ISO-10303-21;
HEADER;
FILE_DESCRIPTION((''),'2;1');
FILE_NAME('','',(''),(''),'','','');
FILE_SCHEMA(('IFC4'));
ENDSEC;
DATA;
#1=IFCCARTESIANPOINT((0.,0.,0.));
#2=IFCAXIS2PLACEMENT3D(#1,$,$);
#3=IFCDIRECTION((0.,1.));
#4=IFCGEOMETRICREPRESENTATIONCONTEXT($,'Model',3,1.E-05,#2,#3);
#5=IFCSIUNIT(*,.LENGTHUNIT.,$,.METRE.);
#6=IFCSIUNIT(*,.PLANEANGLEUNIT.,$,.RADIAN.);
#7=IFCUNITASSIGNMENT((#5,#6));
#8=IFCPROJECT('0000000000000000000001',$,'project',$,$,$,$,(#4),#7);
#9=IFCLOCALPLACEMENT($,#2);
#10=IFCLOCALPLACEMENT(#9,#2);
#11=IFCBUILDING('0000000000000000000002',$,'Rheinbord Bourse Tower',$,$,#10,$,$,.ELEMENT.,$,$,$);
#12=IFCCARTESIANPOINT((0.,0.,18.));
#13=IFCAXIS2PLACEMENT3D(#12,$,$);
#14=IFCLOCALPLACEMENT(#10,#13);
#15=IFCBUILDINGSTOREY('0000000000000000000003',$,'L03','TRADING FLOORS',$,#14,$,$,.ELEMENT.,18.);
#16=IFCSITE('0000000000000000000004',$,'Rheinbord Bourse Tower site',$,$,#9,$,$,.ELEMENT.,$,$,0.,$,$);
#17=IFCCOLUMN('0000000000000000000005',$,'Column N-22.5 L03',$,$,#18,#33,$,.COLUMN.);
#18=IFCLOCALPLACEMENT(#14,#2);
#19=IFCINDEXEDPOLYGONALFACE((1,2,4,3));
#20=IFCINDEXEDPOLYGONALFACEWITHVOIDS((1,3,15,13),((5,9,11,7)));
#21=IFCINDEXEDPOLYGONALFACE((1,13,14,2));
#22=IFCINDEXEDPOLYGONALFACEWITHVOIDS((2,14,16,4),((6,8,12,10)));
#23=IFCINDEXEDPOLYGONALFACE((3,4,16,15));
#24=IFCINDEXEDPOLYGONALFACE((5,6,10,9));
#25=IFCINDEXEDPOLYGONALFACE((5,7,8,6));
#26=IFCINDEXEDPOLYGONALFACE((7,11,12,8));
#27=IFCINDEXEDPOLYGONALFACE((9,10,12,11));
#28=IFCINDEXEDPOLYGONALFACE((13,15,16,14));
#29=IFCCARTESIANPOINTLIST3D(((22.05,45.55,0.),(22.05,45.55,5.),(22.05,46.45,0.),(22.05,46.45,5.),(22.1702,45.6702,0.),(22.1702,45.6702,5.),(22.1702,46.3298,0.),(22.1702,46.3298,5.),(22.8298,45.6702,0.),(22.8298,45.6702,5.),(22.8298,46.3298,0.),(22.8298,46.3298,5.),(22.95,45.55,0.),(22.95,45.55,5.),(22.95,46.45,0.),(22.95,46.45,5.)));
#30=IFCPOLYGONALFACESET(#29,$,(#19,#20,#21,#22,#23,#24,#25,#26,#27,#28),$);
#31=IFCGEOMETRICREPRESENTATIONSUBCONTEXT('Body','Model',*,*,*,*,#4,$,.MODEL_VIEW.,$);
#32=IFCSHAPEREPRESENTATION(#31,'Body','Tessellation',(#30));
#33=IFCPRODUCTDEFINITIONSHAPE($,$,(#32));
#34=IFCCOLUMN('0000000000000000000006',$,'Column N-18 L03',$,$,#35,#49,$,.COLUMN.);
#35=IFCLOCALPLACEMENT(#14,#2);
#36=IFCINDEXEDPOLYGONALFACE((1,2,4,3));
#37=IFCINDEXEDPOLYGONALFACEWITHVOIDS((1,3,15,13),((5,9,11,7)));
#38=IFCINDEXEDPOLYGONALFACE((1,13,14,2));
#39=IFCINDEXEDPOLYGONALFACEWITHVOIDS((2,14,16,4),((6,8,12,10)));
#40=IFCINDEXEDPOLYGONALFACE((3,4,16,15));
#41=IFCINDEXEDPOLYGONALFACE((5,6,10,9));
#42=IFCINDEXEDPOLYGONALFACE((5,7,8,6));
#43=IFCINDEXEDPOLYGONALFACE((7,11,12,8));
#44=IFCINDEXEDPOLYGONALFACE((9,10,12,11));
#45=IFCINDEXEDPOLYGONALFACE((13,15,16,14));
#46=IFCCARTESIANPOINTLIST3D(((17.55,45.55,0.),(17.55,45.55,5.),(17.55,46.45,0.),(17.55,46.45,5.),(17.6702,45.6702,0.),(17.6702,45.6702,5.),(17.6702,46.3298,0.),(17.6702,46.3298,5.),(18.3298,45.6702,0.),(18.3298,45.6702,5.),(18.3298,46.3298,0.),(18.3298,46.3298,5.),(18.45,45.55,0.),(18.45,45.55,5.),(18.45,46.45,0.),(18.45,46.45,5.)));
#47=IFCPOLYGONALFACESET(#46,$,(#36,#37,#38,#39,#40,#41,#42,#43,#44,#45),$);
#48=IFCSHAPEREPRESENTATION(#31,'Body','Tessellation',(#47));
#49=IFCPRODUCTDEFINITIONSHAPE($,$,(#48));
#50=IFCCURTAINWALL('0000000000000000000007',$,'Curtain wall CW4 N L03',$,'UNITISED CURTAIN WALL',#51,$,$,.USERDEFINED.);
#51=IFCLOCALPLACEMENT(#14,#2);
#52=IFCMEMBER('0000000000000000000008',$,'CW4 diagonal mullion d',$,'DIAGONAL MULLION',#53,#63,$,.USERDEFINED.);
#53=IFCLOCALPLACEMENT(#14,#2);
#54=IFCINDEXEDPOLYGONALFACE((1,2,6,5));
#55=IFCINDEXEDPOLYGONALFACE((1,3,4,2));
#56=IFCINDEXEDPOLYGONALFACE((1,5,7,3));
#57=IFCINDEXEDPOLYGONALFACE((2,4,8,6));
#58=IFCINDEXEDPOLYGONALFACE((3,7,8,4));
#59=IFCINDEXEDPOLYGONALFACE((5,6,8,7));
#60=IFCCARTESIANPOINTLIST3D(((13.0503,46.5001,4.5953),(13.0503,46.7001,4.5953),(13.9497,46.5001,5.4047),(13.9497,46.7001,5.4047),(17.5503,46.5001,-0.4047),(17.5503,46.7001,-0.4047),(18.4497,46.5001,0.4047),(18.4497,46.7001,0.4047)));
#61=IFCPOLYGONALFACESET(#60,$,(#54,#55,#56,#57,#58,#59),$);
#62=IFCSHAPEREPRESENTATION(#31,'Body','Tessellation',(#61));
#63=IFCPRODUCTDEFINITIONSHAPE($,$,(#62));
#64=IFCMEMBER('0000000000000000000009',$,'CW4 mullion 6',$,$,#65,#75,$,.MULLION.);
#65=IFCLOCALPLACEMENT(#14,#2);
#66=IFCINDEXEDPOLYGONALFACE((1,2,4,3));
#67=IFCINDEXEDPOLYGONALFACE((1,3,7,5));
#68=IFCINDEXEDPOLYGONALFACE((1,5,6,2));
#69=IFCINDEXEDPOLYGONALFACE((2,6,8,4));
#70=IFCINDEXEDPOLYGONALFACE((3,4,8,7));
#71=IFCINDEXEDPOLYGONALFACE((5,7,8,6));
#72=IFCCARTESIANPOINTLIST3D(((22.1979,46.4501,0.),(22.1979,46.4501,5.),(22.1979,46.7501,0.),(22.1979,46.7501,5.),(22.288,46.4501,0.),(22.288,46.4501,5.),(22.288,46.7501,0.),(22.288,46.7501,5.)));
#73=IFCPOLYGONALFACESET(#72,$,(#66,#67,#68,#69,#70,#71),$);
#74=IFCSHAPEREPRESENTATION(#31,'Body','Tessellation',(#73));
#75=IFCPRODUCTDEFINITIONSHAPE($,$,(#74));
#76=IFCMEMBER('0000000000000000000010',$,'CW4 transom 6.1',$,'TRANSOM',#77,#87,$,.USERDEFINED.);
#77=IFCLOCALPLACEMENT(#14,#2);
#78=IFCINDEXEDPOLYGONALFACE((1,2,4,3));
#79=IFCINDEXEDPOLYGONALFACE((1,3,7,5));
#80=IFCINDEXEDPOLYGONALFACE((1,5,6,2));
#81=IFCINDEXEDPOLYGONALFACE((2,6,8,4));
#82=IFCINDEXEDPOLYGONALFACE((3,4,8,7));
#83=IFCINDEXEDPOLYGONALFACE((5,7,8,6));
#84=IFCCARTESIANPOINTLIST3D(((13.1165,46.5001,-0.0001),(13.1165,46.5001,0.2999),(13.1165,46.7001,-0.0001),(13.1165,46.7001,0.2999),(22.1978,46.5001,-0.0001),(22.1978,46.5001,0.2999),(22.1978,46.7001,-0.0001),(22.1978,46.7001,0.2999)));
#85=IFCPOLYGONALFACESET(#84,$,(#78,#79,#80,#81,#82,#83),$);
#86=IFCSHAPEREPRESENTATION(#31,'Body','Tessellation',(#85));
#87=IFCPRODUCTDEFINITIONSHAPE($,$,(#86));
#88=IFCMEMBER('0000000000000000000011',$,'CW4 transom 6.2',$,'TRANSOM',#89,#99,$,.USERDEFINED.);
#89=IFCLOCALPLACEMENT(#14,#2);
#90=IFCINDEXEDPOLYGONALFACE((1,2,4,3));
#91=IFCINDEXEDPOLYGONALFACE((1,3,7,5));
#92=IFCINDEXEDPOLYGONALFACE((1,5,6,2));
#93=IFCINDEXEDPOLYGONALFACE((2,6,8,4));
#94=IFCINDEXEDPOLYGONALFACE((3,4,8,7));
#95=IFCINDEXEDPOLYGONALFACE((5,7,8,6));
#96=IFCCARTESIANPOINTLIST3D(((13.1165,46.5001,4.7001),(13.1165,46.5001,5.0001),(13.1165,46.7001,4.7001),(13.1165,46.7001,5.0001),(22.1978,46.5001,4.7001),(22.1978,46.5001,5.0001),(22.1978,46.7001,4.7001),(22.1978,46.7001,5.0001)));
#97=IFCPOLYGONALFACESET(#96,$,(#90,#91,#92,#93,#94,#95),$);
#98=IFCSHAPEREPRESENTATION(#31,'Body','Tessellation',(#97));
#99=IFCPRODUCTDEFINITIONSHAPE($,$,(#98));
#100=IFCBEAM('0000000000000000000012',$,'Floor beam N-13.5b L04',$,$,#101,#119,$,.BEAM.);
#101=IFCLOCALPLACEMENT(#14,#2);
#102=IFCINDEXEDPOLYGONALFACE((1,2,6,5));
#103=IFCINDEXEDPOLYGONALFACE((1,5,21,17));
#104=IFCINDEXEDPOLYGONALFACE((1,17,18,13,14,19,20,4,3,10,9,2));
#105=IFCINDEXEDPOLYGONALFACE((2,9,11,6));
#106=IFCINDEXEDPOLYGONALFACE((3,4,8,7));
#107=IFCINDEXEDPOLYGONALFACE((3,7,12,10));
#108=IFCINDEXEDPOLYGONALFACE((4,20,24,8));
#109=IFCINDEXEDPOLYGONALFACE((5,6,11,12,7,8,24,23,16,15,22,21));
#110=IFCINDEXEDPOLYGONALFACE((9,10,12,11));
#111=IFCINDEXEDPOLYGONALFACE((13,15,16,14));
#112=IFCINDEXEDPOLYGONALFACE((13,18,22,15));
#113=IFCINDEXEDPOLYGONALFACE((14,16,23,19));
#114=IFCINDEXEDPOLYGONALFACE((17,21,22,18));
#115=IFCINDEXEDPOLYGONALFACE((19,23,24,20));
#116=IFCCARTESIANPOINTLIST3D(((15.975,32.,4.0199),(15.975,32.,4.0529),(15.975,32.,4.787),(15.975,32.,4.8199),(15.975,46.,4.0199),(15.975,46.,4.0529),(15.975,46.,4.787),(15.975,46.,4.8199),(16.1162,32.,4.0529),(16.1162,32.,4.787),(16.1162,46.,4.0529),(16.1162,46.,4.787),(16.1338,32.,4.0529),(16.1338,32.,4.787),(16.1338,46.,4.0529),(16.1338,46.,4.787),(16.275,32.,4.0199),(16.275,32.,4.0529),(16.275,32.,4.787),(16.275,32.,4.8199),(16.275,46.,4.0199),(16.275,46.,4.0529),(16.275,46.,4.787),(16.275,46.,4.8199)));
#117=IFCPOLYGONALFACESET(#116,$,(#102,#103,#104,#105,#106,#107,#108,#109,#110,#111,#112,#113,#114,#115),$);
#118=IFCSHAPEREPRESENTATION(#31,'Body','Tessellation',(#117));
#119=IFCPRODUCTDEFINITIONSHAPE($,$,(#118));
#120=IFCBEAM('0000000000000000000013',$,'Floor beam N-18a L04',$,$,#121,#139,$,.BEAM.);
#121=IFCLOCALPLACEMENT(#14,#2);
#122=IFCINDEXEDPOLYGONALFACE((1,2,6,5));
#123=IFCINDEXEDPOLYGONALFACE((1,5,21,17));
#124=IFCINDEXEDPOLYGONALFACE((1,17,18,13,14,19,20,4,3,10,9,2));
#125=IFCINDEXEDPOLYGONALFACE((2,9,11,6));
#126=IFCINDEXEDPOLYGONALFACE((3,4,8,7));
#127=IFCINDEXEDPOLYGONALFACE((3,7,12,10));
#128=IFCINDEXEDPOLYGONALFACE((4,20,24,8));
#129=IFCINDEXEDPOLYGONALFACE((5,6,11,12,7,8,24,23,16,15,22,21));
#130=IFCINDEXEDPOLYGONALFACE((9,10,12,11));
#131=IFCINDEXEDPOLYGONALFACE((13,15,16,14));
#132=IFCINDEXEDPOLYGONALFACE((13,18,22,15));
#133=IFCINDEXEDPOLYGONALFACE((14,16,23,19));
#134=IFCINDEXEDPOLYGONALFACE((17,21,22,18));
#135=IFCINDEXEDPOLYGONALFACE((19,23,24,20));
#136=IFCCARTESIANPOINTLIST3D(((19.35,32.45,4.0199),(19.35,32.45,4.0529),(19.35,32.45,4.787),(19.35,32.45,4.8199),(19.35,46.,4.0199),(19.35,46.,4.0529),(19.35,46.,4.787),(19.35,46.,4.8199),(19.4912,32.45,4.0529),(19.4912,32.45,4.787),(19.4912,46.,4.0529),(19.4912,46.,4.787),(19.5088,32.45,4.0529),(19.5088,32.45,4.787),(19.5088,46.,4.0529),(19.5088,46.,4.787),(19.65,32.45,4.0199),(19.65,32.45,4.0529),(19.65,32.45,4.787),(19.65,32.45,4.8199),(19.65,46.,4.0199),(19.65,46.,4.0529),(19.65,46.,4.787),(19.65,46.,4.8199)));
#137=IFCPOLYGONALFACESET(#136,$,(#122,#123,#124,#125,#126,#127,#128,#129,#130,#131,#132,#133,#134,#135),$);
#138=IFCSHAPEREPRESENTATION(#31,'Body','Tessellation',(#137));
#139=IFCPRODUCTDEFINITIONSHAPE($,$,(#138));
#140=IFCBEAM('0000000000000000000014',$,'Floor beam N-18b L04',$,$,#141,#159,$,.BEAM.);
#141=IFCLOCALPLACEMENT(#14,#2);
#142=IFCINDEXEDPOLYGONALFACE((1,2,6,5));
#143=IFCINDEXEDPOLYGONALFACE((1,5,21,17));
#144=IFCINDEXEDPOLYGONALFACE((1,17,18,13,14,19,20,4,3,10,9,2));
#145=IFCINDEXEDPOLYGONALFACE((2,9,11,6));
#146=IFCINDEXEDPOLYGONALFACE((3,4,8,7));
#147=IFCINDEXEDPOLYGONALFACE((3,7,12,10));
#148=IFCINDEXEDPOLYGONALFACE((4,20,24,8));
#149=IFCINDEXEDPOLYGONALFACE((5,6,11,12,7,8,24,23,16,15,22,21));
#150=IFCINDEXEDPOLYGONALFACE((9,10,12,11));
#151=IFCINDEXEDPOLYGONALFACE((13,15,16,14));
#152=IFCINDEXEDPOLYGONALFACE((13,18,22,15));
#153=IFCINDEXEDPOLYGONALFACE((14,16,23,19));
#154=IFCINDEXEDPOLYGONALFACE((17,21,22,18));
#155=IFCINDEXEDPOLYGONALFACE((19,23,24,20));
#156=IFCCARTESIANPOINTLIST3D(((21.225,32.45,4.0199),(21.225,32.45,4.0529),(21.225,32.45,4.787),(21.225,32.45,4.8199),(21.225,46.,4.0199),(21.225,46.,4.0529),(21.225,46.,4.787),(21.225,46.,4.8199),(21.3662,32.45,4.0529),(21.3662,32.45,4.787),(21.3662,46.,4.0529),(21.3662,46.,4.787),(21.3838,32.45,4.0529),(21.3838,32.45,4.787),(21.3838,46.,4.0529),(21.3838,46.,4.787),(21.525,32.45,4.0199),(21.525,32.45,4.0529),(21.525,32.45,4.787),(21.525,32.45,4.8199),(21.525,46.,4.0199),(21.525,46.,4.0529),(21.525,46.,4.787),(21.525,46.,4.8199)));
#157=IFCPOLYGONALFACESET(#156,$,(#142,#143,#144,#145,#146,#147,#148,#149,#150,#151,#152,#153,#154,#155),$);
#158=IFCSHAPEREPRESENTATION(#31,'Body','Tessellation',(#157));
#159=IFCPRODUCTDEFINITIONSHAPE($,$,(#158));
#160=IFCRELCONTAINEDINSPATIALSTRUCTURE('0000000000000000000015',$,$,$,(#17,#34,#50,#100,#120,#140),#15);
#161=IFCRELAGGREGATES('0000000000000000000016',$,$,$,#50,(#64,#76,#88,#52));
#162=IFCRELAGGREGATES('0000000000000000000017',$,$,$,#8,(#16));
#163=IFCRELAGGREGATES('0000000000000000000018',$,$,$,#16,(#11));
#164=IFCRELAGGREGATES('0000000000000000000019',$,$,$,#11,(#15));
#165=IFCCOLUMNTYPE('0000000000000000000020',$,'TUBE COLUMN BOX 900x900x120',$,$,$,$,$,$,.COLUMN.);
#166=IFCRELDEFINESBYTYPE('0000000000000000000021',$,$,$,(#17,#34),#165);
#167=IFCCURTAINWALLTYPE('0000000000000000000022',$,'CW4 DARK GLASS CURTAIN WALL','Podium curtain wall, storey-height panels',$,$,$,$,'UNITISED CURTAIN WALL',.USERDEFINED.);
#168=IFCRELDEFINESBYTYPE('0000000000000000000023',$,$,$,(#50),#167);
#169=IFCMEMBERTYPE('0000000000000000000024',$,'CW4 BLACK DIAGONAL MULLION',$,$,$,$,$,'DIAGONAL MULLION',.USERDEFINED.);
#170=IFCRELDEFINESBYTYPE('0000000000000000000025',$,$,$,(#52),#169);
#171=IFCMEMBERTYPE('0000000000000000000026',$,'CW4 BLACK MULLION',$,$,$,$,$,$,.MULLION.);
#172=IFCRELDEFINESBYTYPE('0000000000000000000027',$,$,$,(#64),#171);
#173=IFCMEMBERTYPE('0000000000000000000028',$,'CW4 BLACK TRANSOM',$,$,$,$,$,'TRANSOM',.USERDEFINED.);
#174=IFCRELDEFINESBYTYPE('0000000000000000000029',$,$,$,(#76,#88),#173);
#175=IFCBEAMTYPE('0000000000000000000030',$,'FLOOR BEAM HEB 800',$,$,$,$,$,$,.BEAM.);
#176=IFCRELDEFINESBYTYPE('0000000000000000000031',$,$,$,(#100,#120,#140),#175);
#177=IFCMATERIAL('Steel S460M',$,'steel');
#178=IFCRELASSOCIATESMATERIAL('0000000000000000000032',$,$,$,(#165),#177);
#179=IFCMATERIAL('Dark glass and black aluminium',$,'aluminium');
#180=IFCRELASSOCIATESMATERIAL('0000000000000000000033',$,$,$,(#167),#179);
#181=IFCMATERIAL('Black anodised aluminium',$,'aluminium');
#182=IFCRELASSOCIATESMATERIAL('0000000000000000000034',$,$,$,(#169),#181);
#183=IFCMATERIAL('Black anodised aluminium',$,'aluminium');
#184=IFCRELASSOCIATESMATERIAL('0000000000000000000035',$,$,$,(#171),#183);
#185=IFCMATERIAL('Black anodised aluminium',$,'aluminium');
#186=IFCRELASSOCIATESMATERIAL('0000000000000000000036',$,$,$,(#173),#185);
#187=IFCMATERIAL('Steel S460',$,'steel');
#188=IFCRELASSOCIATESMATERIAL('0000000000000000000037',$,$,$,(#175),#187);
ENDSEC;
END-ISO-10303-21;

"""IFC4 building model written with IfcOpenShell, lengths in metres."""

from ifc_helpers import new_model, si_unit, direction, frame, origin, origin_2d, place, context, subcontext, project, spatial, rectangle, hollow_rectangle, i_section, extrude, material, material_profile, profile_set, type_object, element, aggregate, save


model = new_model("IFC4")

# Units and contexts
model_context = context("Model", 3, precision=1e-05, world=origin(), true_north=direction((0.0, 1.0)))
body_context = subcontext(model_context, "Body", "Model", "MODEL_VIEW")
ifc_project = project(units=[si_unit("LENGTHUNIT", "METRE"), si_unit("PLANEANGLEUNIT", "RADIAN")], contexts=[model_context])

# Site, building, storey
site_placement = place(None, origin())
site = spatial("IfcSite", under=ifc_project, at=site_placement, Name="Rheinbord Bourse Tower site", CompositionType="ELEMENT", RefElevation=0.0)
building_placement = place(site_placement, origin())
building = spatial("IfcBuilding", under=site, at=building_placement, Name="Rheinbord Bourse Tower", CompositionType="ELEMENT")
storey_placement = place(building_placement, frame((0.0, 0.0, 18.0)))
storey = spatial("IfcBuildingStorey", under=building, at=storey_placement, Name="L03", Description="TRADING FLOORS", CompositionType="ELEMENT", Elevation=18.0)

# Columns
ifc_material_1 = material(Name="Steel S460M", Category="steel")
ifc_material_profile_1 = material_profile(ifc_material_1, hollow_rectangle(XDim=0.8999, YDim=0.8999, WallThickness=0.1201, at=origin_2d()), Name="BOX 900x900x120")
ifc_profile_set_1 = profile_set([ifc_material_profile_1], Name="Steel S460M")
column_type = type_object("IfcColumnType", Name="TUBE COLUMN BOX 900x900x120", PredefinedType="COLUMN", material=ifc_profile_set_1)
for number, where, z_axis, x_axis, name in (
    (1, (22.5, 46.0, 0.0), (0.0, 0.0, 1.0), (0.0, 1.0, 0.0), "Column N-22.5 L03"),
    (2, (18.0, 46.0, 0.0), (0.0, 0.0, 1.0), (0.0, 1.0, 0.0), "Column N-18 L03"),
):
    element("IfcColumn", number, at=place(storey_placement, frame(where, z_axis=z_axis, x_axis=x_axis)), inside=storey, type_object=column_type, Name=name, PredefinedType="COLUMN", context=body_context, shape_type="SweptSolid", body=[
        extrude(hollow_rectangle(XDim=0.8999, YDim=0.8999, WallThickness=0.1201, at=origin_2d()), origin(), (0.0, 0.0, 1.0), 5.0),
    ])

# Curtain wall, members
ifc_material_2 = material(Name="Dark glass and black aluminium", Category="aluminium")
curtain_wall_type = type_object("IfcCurtainWallType", Name="CW4 DARK GLASS CURTAIN WALL", Description="Podium curtain wall, storey-height panels", ElementType="UNITISED CURTAIN WALL", PredefinedType="USERDEFINED", material=ifc_material_2)
curtain_wall_placement = place(storey_placement, origin())
curtain_wall = element("IfcCurtainWall", 3, at=curtain_wall_placement, inside=storey, type_object=curtain_wall_type, Name="Curtain wall CW4 N L03", ObjectType="UNITISED CURTAIN WALL", PredefinedType="USERDEFINED")
ifc_material_3 = material(Name="Black anodised aluminium", Category="aluminium")
ifc_material_profile_2 = material_profile(ifc_material_3, rectangle(XDim=0.2, YDim=1.21, at=origin_2d()), Name="CW4 DIAGONAL MULLION 1210x200")
ifc_profile_set_2 = profile_set([ifc_material_profile_2], Name="Black anodised aluminium")
member_type_1 = type_object("IfcMemberType", Name="CW4 BLACK DIAGONAL MULLION", ElementType="DIAGONAL MULLION", PredefinedType="USERDEFINED", material=ifc_profile_set_2)
member_1_placement = place(storey_placement, frame((18.0, 46.6001, 0.0), z_axis=(-0.668965, 0.0, 0.743294), x_axis=(0.0, -1.0, 0.0)))
member_1 = element("IfcMember", 4, at=member_1_placement, type_object=member_type_1, Name="CW4 diagonal mullion d", ObjectType="DIAGONAL MULLION", PredefinedType="USERDEFINED", context=body_context, shape_type="SweptSolid", body=[
    extrude(rectangle(XDim=0.2, YDim=1.21, at=origin_2d()), origin(), (0.0, 0.0, 1.0), 6.7268),
])
ifc_material_4 = material(Name="Black anodised aluminium", Category="aluminium")
ifc_material_profile_3 = material_profile(ifc_material_4, rectangle(XDim=0.3, YDim=0.0901, at=origin_2d()), Name="CW4 MULLION 90x300")
ifc_profile_set_3 = profile_set([ifc_material_profile_3], Name="Black anodised aluminium")
member_type_2 = type_object("IfcMemberType", Name="CW4 BLACK MULLION", PredefinedType="MULLION", material=ifc_profile_set_3)
member_2_placement = place(storey_placement, frame((22.2429, 46.6001, 0.0), z_axis=(0.0, 0.0, 1.0), x_axis=(0.0, -1.0, 0.0)))
member_2 = element("IfcMember", 5, at=member_2_placement, type_object=member_type_2, Name="CW4 mullion 6", PredefinedType="MULLION", context=body_context, shape_type="SweptSolid", body=[
    extrude(rectangle(XDim=0.3, YDim=0.0901, at=origin_2d()), origin(), (0.0, 0.0, 1.0), 5.0),
])
ifc_material_5 = material(Name="Black anodised aluminium", Category="aluminium")
ifc_material_profile_4 = material_profile(ifc_material_5, rectangle(XDim=0.2, YDim=0.3, at=origin_2d()), Name="CW4 TRANSOM 300x200")
ifc_profile_set_4 = profile_set([ifc_material_profile_4], Name="Black anodised aluminium")
member_type_3 = type_object("IfcMemberType", Name="CW4 BLACK TRANSOM", ElementType="TRANSOM", PredefinedType="USERDEFINED", material=ifc_profile_set_4)
member_3_placement = place(storey_placement, frame((22.1978, 46.6001, 0.1499), z_axis=(-1.0, 0.0, 0.0), x_axis=(0.0, -1.0, 0.0)))
member_3 = element("IfcMember", 6, at=member_3_placement, type_object=member_type_3, Name="CW4 transom 6.1", ObjectType="TRANSOM", PredefinedType="USERDEFINED", context=body_context, shape_type="SweptSolid", body=[
    extrude(rectangle(XDim=0.2, YDim=0.3, at=origin_2d()), origin(), (0.0, 0.0, 1.0), 9.0813),
])
member_4_placement = place(storey_placement, frame((22.1978, 46.6001, 4.8501), z_axis=(-1.0, 0.0, 0.0), x_axis=(0.0, -1.0, 0.0)))
member_4 = element("IfcMember", 7, at=member_4_placement, type_object=member_type_3, Name="CW4 transom 6.2", ObjectType="TRANSOM", PredefinedType="USERDEFINED", context=body_context, shape_type="SweptSolid", body=[
    extrude(rectangle(XDim=0.2, YDim=0.3, at=origin_2d()), origin(), (0.0, 0.0, 1.0), 9.0813),
])

# Beams
ifc_material_6 = material(Name="Steel S460", Category="steel")
ifc_material_profile_5 = material_profile(ifc_material_6, i_section(OverallWidth=0.3, OverallDepth=0.8, WebThickness=0.0176, FlangeThickness=0.033, at=origin_2d()), Name="HEB 800")
ifc_profile_set_5 = profile_set([ifc_material_profile_5], Name="Steel S460")
beam_type_1 = type_object("IfcBeamType", Name="FLOOR BEAM HEB 800", PredefinedType="BEAM", material=ifc_profile_set_5)
beam_placement = place(storey_placement, frame((16.125, 46.0, 4.4199), z_axis=(0.0, -1.0, 0.0), x_axis=(1.0, 0.0, 0.0)))
element("IfcBeam", 8, at=beam_placement, inside=storey, type_object=beam_type_1, Name="Floor beam N-13.5b L04", PredefinedType="BEAM", context=body_context, shape_type="SweptSolid", body=[
    extrude(i_section(OverallWidth=0.3, OverallDepth=0.8, WebThickness=0.0176, FlangeThickness=0.033, at=origin_2d()), origin(), (0.0, 0.0, 1.0), 14.0),
])
for number, where, z_axis, x_axis, name in (
    (9, (19.5, 46.0, 4.4199), (0.0, -1.0, 0.0), (1.0, 0.0, 0.0), "Floor beam N-18a L04"),
    (10, (21.375, 46.0, 4.4199), (0.0, -1.0, 0.0), (1.0, 0.0, 0.0), "Floor beam N-18b L04"),
):
    element("IfcBeam", number, at=place(storey_placement, frame(where, z_axis=z_axis, x_axis=x_axis)), inside=storey, type_object=beam_type_1, Name=name, PredefinedType="BEAM", context=body_context, shape_type="SweptSolid", body=[
        extrude(i_section(OverallWidth=0.3, OverallDepth=0.8, WebThickness=0.0176, FlangeThickness=0.033, at=origin_2d()), origin(), (0.0, 0.0, 1.0), 13.55),
    ])

aggregate(curtain_wall, [member_2, member_3, member_4, member_1])

save(model, "model.ifc")
